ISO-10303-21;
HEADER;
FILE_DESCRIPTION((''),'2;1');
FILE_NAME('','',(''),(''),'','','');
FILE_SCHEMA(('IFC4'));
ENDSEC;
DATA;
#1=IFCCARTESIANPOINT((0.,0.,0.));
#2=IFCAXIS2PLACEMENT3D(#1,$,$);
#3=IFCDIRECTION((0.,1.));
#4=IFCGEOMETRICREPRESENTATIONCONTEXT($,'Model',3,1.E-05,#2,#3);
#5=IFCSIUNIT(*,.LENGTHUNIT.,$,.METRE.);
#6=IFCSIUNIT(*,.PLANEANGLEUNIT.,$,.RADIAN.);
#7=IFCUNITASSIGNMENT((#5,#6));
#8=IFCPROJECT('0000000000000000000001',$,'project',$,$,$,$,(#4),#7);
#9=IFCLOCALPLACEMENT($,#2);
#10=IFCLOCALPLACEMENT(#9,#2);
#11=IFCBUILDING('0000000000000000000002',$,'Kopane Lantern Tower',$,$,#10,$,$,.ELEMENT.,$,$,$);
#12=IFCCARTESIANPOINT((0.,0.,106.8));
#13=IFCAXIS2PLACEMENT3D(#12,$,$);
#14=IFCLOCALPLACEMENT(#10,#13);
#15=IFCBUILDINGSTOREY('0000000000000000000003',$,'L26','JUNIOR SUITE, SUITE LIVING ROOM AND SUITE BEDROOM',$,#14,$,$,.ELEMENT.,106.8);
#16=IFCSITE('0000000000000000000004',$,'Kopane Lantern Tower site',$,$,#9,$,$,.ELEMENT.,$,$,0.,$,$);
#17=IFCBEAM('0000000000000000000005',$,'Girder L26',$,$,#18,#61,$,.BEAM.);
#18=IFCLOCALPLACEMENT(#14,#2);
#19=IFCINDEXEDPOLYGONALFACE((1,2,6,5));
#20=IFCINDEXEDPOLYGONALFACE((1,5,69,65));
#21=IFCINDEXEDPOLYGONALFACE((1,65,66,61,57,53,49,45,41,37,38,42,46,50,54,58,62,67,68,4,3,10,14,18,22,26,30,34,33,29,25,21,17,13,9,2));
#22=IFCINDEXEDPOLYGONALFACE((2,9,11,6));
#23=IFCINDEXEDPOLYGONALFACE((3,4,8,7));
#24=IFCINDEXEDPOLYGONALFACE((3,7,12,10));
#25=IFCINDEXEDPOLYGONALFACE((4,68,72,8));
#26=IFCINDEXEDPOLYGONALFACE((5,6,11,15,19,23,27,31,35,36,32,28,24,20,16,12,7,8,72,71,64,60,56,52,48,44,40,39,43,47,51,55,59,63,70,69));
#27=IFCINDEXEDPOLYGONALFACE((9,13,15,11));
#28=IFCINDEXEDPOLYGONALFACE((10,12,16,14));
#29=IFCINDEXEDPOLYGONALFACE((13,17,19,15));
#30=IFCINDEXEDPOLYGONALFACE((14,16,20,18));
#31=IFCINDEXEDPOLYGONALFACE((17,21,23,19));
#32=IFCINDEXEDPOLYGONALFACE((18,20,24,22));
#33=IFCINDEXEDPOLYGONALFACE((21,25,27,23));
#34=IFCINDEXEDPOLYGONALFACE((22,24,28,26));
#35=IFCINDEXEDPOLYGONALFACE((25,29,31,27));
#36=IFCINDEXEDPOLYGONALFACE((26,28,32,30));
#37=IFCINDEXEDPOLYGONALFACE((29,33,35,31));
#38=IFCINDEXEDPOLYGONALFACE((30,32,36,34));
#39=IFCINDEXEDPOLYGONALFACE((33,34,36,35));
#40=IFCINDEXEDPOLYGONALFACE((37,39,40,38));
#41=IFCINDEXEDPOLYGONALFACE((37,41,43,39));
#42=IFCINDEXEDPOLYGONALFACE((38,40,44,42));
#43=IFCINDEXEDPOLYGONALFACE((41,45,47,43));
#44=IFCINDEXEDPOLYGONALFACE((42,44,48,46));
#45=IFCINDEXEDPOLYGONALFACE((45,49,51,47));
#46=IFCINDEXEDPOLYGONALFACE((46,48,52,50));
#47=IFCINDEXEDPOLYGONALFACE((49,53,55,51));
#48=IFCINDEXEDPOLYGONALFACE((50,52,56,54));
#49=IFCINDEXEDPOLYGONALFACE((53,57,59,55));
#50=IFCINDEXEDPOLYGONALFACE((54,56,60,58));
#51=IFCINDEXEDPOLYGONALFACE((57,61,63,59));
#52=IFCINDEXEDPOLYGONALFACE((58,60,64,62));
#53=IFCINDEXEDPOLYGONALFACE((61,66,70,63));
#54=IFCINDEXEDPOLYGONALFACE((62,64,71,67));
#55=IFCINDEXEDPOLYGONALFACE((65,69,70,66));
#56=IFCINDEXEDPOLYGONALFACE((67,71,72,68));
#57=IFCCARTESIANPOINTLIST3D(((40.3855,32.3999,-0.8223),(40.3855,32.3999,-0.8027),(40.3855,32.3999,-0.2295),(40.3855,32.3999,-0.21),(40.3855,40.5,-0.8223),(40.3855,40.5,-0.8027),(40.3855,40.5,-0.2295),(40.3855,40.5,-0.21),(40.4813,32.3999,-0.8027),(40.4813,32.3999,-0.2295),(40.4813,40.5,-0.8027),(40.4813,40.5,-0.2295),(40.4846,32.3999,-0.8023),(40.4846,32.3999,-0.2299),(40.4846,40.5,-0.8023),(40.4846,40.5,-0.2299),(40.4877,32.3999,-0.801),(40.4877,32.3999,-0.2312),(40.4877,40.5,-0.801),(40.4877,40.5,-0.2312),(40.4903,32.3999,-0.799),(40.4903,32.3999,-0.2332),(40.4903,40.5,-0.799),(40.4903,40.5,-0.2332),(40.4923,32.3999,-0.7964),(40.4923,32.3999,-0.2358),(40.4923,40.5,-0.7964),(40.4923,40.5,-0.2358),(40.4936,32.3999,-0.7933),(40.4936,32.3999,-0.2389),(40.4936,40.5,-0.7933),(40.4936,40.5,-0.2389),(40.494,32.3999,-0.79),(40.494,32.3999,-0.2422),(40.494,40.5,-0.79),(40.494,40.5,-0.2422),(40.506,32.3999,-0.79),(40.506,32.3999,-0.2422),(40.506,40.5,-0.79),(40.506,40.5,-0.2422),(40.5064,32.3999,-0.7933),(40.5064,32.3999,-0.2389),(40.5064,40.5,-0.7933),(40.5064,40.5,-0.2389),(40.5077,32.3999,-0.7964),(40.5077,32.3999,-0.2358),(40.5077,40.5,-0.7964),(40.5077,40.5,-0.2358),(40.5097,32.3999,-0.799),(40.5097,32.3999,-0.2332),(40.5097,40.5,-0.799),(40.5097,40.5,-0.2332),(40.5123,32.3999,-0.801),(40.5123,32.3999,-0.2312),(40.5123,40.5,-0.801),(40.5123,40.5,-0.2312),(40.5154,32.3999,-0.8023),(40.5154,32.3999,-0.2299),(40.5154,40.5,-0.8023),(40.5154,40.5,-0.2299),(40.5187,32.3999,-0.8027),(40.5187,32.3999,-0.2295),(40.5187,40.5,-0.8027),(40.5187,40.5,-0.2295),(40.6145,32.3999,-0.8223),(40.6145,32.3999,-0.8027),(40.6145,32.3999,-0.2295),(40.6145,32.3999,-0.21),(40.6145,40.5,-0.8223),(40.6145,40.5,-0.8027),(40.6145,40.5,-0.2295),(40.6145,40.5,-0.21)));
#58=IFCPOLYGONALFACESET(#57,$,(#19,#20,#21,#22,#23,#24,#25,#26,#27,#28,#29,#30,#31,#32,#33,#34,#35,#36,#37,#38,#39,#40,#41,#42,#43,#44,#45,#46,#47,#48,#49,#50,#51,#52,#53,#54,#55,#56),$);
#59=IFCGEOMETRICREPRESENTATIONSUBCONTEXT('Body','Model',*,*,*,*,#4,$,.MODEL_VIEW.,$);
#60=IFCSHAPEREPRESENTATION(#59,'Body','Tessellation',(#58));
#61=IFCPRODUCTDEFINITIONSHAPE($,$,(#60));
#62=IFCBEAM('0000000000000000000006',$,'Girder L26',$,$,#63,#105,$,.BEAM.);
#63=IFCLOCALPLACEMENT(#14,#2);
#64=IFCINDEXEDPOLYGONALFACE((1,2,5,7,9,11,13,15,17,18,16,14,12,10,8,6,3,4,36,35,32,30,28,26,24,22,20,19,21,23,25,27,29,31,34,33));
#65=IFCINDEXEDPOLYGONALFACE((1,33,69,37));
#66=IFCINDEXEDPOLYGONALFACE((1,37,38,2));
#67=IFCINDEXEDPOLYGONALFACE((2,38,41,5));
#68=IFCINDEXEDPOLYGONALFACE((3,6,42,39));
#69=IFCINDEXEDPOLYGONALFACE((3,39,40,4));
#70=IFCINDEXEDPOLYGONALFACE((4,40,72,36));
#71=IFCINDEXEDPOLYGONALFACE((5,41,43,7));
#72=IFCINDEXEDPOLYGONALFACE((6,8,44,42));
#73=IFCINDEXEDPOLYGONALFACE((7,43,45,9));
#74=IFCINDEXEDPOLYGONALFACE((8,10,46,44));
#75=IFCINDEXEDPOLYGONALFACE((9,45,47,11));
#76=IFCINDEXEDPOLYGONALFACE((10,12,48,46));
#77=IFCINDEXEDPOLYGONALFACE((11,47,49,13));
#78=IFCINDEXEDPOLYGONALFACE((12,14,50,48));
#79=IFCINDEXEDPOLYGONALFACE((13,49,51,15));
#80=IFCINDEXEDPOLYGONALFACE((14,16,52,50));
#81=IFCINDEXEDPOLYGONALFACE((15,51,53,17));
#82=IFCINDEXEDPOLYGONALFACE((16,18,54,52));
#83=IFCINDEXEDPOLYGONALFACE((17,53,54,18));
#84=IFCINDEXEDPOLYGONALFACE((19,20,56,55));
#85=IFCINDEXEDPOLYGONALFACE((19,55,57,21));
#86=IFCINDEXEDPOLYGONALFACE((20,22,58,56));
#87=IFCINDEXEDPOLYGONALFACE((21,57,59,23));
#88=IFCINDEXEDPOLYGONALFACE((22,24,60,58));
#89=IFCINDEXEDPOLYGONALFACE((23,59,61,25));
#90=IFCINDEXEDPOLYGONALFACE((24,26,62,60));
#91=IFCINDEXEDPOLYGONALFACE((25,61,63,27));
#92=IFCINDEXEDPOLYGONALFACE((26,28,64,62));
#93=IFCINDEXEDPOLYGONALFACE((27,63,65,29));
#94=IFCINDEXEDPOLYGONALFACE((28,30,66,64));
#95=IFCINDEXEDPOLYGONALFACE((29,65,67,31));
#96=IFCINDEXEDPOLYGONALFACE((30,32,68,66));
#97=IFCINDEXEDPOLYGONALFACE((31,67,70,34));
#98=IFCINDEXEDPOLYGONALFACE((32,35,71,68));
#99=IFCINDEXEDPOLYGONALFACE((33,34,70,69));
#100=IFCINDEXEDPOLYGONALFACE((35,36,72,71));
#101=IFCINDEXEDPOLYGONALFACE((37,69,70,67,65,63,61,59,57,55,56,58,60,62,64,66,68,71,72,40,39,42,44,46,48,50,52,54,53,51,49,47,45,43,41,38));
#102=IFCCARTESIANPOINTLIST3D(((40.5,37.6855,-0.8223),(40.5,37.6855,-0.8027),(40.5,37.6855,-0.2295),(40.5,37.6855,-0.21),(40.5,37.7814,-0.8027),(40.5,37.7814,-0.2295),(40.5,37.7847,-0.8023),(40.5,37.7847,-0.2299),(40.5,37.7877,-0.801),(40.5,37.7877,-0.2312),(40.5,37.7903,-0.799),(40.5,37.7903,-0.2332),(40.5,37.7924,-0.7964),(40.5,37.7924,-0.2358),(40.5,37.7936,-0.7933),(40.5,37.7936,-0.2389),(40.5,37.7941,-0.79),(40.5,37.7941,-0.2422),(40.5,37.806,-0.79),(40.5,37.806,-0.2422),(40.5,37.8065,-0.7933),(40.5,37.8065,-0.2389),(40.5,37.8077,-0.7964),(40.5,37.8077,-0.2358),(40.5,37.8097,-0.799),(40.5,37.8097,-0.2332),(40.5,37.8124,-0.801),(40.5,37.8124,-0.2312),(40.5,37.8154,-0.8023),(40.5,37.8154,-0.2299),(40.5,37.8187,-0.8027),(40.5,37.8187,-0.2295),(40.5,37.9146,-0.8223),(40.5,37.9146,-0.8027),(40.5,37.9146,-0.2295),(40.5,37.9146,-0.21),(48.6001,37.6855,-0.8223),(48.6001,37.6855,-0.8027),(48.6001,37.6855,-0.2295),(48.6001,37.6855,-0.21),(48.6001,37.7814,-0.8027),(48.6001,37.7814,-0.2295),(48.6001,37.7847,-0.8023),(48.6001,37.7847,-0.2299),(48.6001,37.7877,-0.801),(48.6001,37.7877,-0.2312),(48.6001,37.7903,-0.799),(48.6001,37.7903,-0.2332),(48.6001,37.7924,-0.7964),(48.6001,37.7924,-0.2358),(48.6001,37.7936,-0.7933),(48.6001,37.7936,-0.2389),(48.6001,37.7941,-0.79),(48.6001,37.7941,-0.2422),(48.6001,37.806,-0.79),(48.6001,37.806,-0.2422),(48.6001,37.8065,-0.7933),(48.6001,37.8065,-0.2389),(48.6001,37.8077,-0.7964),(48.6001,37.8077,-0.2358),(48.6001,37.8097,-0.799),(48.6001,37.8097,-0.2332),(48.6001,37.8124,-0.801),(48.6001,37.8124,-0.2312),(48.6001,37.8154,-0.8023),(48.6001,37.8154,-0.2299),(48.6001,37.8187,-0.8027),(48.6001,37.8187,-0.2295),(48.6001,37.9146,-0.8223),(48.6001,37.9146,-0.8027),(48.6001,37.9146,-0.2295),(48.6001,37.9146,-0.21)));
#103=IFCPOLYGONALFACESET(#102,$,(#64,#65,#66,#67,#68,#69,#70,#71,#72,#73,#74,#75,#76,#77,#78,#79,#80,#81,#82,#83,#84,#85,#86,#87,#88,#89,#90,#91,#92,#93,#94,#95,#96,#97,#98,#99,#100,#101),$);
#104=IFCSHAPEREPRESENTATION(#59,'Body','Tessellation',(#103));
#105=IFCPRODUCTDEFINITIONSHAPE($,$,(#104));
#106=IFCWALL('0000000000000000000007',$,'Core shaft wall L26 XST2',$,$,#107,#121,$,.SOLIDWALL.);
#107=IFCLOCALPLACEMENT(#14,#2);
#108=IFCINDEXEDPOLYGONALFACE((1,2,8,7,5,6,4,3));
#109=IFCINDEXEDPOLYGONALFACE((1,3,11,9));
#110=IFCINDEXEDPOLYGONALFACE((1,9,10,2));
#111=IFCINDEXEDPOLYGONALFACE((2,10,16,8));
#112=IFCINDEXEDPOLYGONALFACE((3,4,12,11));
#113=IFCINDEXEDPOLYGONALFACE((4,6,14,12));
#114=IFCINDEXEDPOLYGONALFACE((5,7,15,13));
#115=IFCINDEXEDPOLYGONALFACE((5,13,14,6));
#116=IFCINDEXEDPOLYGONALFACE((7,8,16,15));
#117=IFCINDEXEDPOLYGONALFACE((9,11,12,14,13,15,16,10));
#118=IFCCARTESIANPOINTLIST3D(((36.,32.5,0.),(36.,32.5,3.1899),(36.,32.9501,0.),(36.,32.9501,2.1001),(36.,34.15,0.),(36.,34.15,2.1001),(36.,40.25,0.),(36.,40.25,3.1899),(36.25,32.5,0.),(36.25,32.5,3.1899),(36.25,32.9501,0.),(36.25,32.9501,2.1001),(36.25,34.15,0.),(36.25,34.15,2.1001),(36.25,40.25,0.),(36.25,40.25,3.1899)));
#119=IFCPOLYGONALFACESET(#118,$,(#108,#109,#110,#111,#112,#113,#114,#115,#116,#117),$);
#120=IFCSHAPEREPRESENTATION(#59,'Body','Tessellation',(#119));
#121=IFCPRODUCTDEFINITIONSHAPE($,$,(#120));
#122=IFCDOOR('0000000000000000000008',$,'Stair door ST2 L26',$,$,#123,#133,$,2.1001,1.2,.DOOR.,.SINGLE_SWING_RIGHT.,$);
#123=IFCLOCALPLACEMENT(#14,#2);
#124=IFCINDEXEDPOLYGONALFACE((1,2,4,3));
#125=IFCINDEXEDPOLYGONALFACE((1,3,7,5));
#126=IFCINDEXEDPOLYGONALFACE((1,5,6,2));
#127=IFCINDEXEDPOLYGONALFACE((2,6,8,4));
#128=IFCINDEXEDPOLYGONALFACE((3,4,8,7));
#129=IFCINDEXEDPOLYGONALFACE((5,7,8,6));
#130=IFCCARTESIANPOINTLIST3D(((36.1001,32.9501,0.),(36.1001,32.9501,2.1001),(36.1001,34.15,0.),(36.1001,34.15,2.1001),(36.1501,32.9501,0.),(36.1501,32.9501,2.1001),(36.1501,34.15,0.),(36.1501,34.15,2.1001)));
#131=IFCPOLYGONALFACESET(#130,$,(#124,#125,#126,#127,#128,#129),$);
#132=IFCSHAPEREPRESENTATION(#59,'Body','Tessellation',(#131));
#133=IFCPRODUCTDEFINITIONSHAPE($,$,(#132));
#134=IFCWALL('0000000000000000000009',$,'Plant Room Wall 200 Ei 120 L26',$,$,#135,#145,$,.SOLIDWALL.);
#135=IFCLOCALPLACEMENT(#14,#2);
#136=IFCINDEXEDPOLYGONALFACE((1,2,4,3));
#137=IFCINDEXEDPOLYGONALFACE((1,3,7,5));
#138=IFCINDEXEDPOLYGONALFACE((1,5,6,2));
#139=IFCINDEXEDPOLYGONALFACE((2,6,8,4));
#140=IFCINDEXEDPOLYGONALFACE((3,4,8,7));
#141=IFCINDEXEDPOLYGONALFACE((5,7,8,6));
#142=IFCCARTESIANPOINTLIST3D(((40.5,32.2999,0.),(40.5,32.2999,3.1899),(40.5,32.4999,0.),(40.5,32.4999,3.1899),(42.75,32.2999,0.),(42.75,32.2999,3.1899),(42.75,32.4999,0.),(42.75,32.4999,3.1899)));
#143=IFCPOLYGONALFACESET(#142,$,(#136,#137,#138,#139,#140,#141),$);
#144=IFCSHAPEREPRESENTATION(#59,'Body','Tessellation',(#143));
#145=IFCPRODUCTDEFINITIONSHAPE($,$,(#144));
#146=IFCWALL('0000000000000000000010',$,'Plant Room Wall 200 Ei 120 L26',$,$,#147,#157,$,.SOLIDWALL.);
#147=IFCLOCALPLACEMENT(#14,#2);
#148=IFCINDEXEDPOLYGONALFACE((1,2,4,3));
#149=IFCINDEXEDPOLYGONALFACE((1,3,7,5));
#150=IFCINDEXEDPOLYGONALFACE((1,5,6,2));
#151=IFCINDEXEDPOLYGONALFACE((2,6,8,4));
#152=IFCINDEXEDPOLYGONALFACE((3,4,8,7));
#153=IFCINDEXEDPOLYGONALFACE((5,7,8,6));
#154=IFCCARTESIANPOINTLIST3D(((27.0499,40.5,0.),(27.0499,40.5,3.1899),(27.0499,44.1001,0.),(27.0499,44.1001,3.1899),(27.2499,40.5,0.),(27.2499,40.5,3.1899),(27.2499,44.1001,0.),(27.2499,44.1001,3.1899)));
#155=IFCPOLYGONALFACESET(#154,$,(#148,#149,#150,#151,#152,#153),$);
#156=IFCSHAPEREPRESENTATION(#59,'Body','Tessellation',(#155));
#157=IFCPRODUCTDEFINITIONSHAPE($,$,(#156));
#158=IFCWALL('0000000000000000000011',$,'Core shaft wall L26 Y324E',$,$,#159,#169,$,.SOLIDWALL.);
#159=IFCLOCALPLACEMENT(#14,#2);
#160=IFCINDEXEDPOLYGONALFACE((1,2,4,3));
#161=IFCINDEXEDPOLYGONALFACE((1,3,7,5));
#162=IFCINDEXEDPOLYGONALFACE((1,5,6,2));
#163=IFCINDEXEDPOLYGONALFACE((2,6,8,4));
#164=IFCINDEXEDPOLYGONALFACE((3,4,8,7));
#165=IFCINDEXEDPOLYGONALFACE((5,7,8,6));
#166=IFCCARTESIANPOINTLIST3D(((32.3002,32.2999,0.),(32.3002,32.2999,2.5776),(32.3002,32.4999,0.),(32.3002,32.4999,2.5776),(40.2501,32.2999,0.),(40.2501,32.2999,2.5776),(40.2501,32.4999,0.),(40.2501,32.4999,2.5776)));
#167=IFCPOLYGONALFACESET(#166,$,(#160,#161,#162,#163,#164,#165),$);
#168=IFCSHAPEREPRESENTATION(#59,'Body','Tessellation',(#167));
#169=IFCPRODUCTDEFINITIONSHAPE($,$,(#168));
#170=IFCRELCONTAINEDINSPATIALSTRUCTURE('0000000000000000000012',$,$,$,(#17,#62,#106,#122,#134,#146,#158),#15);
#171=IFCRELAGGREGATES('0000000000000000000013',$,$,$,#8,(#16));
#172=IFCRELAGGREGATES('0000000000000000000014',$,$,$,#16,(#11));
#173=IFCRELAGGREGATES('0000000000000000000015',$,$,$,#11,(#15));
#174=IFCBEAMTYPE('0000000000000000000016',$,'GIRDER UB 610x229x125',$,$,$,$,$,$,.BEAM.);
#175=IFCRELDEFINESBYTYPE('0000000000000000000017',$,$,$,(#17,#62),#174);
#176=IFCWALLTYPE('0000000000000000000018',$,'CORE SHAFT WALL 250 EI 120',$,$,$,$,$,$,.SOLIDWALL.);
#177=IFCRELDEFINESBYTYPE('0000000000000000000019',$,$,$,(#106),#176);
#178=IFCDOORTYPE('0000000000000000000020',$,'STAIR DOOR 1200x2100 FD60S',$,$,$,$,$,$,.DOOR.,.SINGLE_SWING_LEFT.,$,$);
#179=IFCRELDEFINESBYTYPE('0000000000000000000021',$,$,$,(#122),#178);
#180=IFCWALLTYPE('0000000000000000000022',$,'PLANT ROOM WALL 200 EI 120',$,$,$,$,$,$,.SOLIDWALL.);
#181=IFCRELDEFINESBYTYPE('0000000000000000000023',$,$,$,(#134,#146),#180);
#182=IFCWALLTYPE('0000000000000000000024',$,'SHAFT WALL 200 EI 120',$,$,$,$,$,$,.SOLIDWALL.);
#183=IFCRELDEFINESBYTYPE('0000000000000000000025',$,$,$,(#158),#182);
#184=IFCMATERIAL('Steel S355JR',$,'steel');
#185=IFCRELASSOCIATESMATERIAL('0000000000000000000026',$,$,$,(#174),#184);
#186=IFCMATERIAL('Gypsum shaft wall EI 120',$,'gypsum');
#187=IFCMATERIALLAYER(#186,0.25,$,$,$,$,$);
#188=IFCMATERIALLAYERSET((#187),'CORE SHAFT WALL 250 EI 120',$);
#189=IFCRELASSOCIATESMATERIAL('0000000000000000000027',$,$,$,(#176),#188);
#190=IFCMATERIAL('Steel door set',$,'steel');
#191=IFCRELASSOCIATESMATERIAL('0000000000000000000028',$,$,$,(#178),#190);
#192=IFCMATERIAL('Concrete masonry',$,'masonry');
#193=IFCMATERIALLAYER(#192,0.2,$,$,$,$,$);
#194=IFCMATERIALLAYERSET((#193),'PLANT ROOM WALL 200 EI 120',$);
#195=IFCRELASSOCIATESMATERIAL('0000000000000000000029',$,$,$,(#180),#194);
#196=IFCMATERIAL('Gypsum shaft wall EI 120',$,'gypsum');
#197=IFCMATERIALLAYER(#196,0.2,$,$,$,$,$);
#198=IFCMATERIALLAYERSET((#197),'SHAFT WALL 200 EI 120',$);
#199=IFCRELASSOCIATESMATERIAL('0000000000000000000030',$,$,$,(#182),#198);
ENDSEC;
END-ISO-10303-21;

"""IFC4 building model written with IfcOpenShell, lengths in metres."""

from ifc_helpers import new_model, si_unit, direction, frame, frame_2d, origin, origin_2d, place, context, subcontext, project, spatial, rectangle, i_section, extrude, material, layer, layer_set, material_profile, profile_set, type_object, element, fill, save


model = new_model("IFC4")

# Units and contexts
model_context = context("Model", 3, precision=1e-05, world=origin(), true_north=direction((0.0, 1.0)))
body_context = subcontext(model_context, "Body", "Model", "MODEL_VIEW")
ifc_project = project(units=[si_unit("LENGTHUNIT", "METRE"), si_unit("PLANEANGLEUNIT", "RADIAN")], contexts=[model_context])

# Site, building, storey
site_placement = place(None, origin())
site = spatial("IfcSite", under=ifc_project, at=site_placement, Name="Kopane Lantern Tower site", CompositionType="ELEMENT", RefElevation=0.0)
building_placement = place(site_placement, origin())
building = spatial("IfcBuilding", under=site, at=building_placement, Name="Kopane Lantern Tower", CompositionType="ELEMENT")
storey_placement = place(building_placement, frame((0.0, 0.0, 106.8)))
storey = spatial("IfcBuildingStorey", under=building, at=storey_placement, Name="L26", Description="JUNIOR SUITE, SUITE LIVING ROOM AND SUITE BEDROOM", CompositionType="ELEMENT", Elevation=106.8)

# Beams
ifc_material_1 = material(Name="Steel S355JR", Category="steel")
ifc_material_profile_1 = material_profile(ifc_material_1, i_section(OverallWidth=0.229, OverallDepth=0.6123, WebThickness=0.012, FlangeThickness=0.0195, FilletRadius=0.0127, at=origin_2d()), Name="UB 610x229x125")
ifc_profile_set_1 = profile_set([ifc_material_profile_1], Name="Steel S355JR")
beam_type_1 = type_object("IfcBeamType", Name="GIRDER UB 610x229x125", PredefinedType="BEAM", material=ifc_profile_set_1)
for number, where, z_axis, x_axis, name in (
    (1, (40.5, 32.3999, -0.5161), (0.0, 1.0, 0.0), (-1.0, 0.0, 0.0), "Girder L26"),
    (2, (40.5, 37.8, -0.5161), (1.0, 0.0, 0.0), (0.0, 1.0, 0.0), "Girder L26"),
):
    element("IfcBeam", number, at=place(storey_placement, frame(where, z_axis=z_axis, x_axis=x_axis)), inside=storey, type_object=beam_type_1, Name=name, PredefinedType="BEAM", context=body_context, shape_type="SweptSolid", body=[
        extrude(i_section(OverallWidth=0.229, OverallDepth=0.6123, WebThickness=0.012, FlangeThickness=0.0195, FilletRadius=0.0127, at=origin_2d()), origin(), (0.0, 0.0, 1.0), 8.1001),
    ])

# Wall, opening, door
ifc_material_2 = material(Name="Gypsum shaft wall EI 120", Category="gypsum")
ifc_layer_1 = layer(ifc_material_2, 0.25)
ifc_layer_set_1 = layer_set([ifc_layer_1], Name="CORE SHAFT WALL 250 EI 120")
wall_type_1 = type_object("IfcWallType", Name="CORE SHAFT WALL 250 EI 120", PredefinedType="SOLIDWALL", material=ifc_layer_set_1)
wall_1_placement = place(storey_placement, frame((36.125, 32.5, 0.0), z_axis=(0.0, 0.0, 1.0), x_axis=(0.0, 1.0, 0.0)))
wall_1 = element("IfcWall", 3, at=wall_1_placement, inside=storey, type_object=wall_type_1, Name="Core shaft wall L26 XST2", PredefinedType="SOLIDWALL", context=body_context, shape_type="SweptSolid", body=[
    extrude(rectangle(XDim=7.75, YDim=0.25, at=frame_2d((3.875, 0.0))), origin(), (0.0, 0.0, 1.0), 3.1899),
])
opening_1_placement = place(wall_1_placement, frame((0.45, 0.0, 0.0)))
opening_1 = element("IfcOpeningElement", 4, at=opening_1_placement, cuts=wall_1, PredefinedType="OPENING", context=body_context, shape_type="SweptSolid", body=[
    extrude(rectangle(XDim=1.2, YDim=2.1001, at=frame_2d((0.6001, 1.05))), frame((0.0, 0.135, 0.0), z_axis=(0.0, -1.0, 0.0), x_axis=(1.0, 0.0, 0.0)), (0.0, 0.0, 1.0), 0.27),
])
ifc_material_3 = material(Name="Steel door set", Category="steel")
door_type_1 = type_object("IfcDoorType", Name="STAIR DOOR 1200x2100 FD60S", OperationType="SINGLE_SWING_LEFT", PredefinedType="DOOR", material=ifc_material_3)
door_1_placement = place(opening_1_placement, origin())
door_1 = element("IfcDoor", 5, at=door_1_placement, inside=storey, type_object=door_type_1, Name="Stair door ST2 L26", OperationType="SINGLE_SWING_RIGHT", OverallHeight=2.1001, OverallWidth=1.2, PredefinedType="DOOR", context=body_context, shape_type="SweptSolid", body=[
    extrude(rectangle(XDim=1.2, YDim=2.1001, at=frame_2d((0.6001, 1.05))), frame((0.0, 0.0249, 0.0), z_axis=(0.0, -1.0, 0.0), x_axis=(1.0, 0.0, 0.0)), (0.0, 0.0, 1.0), 0.05),
])
fill(opening_1, door_1)

# Walls
ifc_material_4 = material(Name="Concrete masonry", Category="masonry")
ifc_layer_2 = layer(ifc_material_4, 0.2)
ifc_layer_set_2 = layer_set([ifc_layer_2], Name="PLANT ROOM WALL 200 EI 120")
wall_type_2 = type_object("IfcWallType", Name="PLANT ROOM WALL 200 EI 120", PredefinedType="SOLIDWALL", material=ifc_layer_set_2)
wall_2_placement = place(storey_placement, frame((40.5, 32.3999, 0.0), z_axis=(0.0, 0.0, 1.0), x_axis=(1.0, 0.0, 0.0)))
element("IfcWall", 6, at=wall_2_placement, inside=storey, type_object=wall_type_2, Name="Plant Room Wall 200 Ei 120 L26", PredefinedType="SOLIDWALL", context=body_context, shape_type="SweptSolid", body=[
    extrude(rectangle(XDim=2.25, YDim=0.2, at=frame_2d((1.125, 0.0))), origin(), (0.0, 0.0, 1.0), 3.1899),
])
wall_3_placement = place(storey_placement, frame((27.1499, 40.5, 0.0), z_axis=(0.0, 0.0, 1.0), x_axis=(0.0, 1.0, 0.0)))
element("IfcWall", 7, at=wall_3_placement, inside=storey, type_object=wall_type_2, Name="Plant Room Wall 200 Ei 120 L26", PredefinedType="SOLIDWALL", context=body_context, shape_type="SweptSolid", body=[
    extrude(rectangle(XDim=3.6001, YDim=0.2, at=frame_2d((1.8, 0.0))), origin(), (0.0, 0.0, 1.0), 3.1899),
])
ifc_material_5 = material(Name="Gypsum shaft wall EI 120", Category="gypsum")
ifc_layer_3 = layer(ifc_material_5, 0.2)
ifc_layer_set_3 = layer_set([ifc_layer_3], Name="SHAFT WALL 200 EI 120")
wall_type_3 = type_object("IfcWallType", Name="SHAFT WALL 200 EI 120", PredefinedType="SOLIDWALL", material=ifc_layer_set_3)
wall_4_placement = place(storey_placement, frame((32.3, 32.3999, 0.0), z_axis=(0.0, 0.0, 1.0), x_axis=(1.0, 0.0, 0.0)))
element("IfcWall", 8, at=wall_4_placement, inside=storey, type_object=wall_type_3, Name="Core shaft wall L26 Y324E", PredefinedType="SOLIDWALL", context=body_context, shape_type="SweptSolid", body=[
    extrude(rectangle(XDim=7.95, YDim=0.2, at=frame_2d((3.9751, 0.0))), origin(), (0.0, 0.0, 1.0), 2.5776),
])

save(model, "model.ifc")
